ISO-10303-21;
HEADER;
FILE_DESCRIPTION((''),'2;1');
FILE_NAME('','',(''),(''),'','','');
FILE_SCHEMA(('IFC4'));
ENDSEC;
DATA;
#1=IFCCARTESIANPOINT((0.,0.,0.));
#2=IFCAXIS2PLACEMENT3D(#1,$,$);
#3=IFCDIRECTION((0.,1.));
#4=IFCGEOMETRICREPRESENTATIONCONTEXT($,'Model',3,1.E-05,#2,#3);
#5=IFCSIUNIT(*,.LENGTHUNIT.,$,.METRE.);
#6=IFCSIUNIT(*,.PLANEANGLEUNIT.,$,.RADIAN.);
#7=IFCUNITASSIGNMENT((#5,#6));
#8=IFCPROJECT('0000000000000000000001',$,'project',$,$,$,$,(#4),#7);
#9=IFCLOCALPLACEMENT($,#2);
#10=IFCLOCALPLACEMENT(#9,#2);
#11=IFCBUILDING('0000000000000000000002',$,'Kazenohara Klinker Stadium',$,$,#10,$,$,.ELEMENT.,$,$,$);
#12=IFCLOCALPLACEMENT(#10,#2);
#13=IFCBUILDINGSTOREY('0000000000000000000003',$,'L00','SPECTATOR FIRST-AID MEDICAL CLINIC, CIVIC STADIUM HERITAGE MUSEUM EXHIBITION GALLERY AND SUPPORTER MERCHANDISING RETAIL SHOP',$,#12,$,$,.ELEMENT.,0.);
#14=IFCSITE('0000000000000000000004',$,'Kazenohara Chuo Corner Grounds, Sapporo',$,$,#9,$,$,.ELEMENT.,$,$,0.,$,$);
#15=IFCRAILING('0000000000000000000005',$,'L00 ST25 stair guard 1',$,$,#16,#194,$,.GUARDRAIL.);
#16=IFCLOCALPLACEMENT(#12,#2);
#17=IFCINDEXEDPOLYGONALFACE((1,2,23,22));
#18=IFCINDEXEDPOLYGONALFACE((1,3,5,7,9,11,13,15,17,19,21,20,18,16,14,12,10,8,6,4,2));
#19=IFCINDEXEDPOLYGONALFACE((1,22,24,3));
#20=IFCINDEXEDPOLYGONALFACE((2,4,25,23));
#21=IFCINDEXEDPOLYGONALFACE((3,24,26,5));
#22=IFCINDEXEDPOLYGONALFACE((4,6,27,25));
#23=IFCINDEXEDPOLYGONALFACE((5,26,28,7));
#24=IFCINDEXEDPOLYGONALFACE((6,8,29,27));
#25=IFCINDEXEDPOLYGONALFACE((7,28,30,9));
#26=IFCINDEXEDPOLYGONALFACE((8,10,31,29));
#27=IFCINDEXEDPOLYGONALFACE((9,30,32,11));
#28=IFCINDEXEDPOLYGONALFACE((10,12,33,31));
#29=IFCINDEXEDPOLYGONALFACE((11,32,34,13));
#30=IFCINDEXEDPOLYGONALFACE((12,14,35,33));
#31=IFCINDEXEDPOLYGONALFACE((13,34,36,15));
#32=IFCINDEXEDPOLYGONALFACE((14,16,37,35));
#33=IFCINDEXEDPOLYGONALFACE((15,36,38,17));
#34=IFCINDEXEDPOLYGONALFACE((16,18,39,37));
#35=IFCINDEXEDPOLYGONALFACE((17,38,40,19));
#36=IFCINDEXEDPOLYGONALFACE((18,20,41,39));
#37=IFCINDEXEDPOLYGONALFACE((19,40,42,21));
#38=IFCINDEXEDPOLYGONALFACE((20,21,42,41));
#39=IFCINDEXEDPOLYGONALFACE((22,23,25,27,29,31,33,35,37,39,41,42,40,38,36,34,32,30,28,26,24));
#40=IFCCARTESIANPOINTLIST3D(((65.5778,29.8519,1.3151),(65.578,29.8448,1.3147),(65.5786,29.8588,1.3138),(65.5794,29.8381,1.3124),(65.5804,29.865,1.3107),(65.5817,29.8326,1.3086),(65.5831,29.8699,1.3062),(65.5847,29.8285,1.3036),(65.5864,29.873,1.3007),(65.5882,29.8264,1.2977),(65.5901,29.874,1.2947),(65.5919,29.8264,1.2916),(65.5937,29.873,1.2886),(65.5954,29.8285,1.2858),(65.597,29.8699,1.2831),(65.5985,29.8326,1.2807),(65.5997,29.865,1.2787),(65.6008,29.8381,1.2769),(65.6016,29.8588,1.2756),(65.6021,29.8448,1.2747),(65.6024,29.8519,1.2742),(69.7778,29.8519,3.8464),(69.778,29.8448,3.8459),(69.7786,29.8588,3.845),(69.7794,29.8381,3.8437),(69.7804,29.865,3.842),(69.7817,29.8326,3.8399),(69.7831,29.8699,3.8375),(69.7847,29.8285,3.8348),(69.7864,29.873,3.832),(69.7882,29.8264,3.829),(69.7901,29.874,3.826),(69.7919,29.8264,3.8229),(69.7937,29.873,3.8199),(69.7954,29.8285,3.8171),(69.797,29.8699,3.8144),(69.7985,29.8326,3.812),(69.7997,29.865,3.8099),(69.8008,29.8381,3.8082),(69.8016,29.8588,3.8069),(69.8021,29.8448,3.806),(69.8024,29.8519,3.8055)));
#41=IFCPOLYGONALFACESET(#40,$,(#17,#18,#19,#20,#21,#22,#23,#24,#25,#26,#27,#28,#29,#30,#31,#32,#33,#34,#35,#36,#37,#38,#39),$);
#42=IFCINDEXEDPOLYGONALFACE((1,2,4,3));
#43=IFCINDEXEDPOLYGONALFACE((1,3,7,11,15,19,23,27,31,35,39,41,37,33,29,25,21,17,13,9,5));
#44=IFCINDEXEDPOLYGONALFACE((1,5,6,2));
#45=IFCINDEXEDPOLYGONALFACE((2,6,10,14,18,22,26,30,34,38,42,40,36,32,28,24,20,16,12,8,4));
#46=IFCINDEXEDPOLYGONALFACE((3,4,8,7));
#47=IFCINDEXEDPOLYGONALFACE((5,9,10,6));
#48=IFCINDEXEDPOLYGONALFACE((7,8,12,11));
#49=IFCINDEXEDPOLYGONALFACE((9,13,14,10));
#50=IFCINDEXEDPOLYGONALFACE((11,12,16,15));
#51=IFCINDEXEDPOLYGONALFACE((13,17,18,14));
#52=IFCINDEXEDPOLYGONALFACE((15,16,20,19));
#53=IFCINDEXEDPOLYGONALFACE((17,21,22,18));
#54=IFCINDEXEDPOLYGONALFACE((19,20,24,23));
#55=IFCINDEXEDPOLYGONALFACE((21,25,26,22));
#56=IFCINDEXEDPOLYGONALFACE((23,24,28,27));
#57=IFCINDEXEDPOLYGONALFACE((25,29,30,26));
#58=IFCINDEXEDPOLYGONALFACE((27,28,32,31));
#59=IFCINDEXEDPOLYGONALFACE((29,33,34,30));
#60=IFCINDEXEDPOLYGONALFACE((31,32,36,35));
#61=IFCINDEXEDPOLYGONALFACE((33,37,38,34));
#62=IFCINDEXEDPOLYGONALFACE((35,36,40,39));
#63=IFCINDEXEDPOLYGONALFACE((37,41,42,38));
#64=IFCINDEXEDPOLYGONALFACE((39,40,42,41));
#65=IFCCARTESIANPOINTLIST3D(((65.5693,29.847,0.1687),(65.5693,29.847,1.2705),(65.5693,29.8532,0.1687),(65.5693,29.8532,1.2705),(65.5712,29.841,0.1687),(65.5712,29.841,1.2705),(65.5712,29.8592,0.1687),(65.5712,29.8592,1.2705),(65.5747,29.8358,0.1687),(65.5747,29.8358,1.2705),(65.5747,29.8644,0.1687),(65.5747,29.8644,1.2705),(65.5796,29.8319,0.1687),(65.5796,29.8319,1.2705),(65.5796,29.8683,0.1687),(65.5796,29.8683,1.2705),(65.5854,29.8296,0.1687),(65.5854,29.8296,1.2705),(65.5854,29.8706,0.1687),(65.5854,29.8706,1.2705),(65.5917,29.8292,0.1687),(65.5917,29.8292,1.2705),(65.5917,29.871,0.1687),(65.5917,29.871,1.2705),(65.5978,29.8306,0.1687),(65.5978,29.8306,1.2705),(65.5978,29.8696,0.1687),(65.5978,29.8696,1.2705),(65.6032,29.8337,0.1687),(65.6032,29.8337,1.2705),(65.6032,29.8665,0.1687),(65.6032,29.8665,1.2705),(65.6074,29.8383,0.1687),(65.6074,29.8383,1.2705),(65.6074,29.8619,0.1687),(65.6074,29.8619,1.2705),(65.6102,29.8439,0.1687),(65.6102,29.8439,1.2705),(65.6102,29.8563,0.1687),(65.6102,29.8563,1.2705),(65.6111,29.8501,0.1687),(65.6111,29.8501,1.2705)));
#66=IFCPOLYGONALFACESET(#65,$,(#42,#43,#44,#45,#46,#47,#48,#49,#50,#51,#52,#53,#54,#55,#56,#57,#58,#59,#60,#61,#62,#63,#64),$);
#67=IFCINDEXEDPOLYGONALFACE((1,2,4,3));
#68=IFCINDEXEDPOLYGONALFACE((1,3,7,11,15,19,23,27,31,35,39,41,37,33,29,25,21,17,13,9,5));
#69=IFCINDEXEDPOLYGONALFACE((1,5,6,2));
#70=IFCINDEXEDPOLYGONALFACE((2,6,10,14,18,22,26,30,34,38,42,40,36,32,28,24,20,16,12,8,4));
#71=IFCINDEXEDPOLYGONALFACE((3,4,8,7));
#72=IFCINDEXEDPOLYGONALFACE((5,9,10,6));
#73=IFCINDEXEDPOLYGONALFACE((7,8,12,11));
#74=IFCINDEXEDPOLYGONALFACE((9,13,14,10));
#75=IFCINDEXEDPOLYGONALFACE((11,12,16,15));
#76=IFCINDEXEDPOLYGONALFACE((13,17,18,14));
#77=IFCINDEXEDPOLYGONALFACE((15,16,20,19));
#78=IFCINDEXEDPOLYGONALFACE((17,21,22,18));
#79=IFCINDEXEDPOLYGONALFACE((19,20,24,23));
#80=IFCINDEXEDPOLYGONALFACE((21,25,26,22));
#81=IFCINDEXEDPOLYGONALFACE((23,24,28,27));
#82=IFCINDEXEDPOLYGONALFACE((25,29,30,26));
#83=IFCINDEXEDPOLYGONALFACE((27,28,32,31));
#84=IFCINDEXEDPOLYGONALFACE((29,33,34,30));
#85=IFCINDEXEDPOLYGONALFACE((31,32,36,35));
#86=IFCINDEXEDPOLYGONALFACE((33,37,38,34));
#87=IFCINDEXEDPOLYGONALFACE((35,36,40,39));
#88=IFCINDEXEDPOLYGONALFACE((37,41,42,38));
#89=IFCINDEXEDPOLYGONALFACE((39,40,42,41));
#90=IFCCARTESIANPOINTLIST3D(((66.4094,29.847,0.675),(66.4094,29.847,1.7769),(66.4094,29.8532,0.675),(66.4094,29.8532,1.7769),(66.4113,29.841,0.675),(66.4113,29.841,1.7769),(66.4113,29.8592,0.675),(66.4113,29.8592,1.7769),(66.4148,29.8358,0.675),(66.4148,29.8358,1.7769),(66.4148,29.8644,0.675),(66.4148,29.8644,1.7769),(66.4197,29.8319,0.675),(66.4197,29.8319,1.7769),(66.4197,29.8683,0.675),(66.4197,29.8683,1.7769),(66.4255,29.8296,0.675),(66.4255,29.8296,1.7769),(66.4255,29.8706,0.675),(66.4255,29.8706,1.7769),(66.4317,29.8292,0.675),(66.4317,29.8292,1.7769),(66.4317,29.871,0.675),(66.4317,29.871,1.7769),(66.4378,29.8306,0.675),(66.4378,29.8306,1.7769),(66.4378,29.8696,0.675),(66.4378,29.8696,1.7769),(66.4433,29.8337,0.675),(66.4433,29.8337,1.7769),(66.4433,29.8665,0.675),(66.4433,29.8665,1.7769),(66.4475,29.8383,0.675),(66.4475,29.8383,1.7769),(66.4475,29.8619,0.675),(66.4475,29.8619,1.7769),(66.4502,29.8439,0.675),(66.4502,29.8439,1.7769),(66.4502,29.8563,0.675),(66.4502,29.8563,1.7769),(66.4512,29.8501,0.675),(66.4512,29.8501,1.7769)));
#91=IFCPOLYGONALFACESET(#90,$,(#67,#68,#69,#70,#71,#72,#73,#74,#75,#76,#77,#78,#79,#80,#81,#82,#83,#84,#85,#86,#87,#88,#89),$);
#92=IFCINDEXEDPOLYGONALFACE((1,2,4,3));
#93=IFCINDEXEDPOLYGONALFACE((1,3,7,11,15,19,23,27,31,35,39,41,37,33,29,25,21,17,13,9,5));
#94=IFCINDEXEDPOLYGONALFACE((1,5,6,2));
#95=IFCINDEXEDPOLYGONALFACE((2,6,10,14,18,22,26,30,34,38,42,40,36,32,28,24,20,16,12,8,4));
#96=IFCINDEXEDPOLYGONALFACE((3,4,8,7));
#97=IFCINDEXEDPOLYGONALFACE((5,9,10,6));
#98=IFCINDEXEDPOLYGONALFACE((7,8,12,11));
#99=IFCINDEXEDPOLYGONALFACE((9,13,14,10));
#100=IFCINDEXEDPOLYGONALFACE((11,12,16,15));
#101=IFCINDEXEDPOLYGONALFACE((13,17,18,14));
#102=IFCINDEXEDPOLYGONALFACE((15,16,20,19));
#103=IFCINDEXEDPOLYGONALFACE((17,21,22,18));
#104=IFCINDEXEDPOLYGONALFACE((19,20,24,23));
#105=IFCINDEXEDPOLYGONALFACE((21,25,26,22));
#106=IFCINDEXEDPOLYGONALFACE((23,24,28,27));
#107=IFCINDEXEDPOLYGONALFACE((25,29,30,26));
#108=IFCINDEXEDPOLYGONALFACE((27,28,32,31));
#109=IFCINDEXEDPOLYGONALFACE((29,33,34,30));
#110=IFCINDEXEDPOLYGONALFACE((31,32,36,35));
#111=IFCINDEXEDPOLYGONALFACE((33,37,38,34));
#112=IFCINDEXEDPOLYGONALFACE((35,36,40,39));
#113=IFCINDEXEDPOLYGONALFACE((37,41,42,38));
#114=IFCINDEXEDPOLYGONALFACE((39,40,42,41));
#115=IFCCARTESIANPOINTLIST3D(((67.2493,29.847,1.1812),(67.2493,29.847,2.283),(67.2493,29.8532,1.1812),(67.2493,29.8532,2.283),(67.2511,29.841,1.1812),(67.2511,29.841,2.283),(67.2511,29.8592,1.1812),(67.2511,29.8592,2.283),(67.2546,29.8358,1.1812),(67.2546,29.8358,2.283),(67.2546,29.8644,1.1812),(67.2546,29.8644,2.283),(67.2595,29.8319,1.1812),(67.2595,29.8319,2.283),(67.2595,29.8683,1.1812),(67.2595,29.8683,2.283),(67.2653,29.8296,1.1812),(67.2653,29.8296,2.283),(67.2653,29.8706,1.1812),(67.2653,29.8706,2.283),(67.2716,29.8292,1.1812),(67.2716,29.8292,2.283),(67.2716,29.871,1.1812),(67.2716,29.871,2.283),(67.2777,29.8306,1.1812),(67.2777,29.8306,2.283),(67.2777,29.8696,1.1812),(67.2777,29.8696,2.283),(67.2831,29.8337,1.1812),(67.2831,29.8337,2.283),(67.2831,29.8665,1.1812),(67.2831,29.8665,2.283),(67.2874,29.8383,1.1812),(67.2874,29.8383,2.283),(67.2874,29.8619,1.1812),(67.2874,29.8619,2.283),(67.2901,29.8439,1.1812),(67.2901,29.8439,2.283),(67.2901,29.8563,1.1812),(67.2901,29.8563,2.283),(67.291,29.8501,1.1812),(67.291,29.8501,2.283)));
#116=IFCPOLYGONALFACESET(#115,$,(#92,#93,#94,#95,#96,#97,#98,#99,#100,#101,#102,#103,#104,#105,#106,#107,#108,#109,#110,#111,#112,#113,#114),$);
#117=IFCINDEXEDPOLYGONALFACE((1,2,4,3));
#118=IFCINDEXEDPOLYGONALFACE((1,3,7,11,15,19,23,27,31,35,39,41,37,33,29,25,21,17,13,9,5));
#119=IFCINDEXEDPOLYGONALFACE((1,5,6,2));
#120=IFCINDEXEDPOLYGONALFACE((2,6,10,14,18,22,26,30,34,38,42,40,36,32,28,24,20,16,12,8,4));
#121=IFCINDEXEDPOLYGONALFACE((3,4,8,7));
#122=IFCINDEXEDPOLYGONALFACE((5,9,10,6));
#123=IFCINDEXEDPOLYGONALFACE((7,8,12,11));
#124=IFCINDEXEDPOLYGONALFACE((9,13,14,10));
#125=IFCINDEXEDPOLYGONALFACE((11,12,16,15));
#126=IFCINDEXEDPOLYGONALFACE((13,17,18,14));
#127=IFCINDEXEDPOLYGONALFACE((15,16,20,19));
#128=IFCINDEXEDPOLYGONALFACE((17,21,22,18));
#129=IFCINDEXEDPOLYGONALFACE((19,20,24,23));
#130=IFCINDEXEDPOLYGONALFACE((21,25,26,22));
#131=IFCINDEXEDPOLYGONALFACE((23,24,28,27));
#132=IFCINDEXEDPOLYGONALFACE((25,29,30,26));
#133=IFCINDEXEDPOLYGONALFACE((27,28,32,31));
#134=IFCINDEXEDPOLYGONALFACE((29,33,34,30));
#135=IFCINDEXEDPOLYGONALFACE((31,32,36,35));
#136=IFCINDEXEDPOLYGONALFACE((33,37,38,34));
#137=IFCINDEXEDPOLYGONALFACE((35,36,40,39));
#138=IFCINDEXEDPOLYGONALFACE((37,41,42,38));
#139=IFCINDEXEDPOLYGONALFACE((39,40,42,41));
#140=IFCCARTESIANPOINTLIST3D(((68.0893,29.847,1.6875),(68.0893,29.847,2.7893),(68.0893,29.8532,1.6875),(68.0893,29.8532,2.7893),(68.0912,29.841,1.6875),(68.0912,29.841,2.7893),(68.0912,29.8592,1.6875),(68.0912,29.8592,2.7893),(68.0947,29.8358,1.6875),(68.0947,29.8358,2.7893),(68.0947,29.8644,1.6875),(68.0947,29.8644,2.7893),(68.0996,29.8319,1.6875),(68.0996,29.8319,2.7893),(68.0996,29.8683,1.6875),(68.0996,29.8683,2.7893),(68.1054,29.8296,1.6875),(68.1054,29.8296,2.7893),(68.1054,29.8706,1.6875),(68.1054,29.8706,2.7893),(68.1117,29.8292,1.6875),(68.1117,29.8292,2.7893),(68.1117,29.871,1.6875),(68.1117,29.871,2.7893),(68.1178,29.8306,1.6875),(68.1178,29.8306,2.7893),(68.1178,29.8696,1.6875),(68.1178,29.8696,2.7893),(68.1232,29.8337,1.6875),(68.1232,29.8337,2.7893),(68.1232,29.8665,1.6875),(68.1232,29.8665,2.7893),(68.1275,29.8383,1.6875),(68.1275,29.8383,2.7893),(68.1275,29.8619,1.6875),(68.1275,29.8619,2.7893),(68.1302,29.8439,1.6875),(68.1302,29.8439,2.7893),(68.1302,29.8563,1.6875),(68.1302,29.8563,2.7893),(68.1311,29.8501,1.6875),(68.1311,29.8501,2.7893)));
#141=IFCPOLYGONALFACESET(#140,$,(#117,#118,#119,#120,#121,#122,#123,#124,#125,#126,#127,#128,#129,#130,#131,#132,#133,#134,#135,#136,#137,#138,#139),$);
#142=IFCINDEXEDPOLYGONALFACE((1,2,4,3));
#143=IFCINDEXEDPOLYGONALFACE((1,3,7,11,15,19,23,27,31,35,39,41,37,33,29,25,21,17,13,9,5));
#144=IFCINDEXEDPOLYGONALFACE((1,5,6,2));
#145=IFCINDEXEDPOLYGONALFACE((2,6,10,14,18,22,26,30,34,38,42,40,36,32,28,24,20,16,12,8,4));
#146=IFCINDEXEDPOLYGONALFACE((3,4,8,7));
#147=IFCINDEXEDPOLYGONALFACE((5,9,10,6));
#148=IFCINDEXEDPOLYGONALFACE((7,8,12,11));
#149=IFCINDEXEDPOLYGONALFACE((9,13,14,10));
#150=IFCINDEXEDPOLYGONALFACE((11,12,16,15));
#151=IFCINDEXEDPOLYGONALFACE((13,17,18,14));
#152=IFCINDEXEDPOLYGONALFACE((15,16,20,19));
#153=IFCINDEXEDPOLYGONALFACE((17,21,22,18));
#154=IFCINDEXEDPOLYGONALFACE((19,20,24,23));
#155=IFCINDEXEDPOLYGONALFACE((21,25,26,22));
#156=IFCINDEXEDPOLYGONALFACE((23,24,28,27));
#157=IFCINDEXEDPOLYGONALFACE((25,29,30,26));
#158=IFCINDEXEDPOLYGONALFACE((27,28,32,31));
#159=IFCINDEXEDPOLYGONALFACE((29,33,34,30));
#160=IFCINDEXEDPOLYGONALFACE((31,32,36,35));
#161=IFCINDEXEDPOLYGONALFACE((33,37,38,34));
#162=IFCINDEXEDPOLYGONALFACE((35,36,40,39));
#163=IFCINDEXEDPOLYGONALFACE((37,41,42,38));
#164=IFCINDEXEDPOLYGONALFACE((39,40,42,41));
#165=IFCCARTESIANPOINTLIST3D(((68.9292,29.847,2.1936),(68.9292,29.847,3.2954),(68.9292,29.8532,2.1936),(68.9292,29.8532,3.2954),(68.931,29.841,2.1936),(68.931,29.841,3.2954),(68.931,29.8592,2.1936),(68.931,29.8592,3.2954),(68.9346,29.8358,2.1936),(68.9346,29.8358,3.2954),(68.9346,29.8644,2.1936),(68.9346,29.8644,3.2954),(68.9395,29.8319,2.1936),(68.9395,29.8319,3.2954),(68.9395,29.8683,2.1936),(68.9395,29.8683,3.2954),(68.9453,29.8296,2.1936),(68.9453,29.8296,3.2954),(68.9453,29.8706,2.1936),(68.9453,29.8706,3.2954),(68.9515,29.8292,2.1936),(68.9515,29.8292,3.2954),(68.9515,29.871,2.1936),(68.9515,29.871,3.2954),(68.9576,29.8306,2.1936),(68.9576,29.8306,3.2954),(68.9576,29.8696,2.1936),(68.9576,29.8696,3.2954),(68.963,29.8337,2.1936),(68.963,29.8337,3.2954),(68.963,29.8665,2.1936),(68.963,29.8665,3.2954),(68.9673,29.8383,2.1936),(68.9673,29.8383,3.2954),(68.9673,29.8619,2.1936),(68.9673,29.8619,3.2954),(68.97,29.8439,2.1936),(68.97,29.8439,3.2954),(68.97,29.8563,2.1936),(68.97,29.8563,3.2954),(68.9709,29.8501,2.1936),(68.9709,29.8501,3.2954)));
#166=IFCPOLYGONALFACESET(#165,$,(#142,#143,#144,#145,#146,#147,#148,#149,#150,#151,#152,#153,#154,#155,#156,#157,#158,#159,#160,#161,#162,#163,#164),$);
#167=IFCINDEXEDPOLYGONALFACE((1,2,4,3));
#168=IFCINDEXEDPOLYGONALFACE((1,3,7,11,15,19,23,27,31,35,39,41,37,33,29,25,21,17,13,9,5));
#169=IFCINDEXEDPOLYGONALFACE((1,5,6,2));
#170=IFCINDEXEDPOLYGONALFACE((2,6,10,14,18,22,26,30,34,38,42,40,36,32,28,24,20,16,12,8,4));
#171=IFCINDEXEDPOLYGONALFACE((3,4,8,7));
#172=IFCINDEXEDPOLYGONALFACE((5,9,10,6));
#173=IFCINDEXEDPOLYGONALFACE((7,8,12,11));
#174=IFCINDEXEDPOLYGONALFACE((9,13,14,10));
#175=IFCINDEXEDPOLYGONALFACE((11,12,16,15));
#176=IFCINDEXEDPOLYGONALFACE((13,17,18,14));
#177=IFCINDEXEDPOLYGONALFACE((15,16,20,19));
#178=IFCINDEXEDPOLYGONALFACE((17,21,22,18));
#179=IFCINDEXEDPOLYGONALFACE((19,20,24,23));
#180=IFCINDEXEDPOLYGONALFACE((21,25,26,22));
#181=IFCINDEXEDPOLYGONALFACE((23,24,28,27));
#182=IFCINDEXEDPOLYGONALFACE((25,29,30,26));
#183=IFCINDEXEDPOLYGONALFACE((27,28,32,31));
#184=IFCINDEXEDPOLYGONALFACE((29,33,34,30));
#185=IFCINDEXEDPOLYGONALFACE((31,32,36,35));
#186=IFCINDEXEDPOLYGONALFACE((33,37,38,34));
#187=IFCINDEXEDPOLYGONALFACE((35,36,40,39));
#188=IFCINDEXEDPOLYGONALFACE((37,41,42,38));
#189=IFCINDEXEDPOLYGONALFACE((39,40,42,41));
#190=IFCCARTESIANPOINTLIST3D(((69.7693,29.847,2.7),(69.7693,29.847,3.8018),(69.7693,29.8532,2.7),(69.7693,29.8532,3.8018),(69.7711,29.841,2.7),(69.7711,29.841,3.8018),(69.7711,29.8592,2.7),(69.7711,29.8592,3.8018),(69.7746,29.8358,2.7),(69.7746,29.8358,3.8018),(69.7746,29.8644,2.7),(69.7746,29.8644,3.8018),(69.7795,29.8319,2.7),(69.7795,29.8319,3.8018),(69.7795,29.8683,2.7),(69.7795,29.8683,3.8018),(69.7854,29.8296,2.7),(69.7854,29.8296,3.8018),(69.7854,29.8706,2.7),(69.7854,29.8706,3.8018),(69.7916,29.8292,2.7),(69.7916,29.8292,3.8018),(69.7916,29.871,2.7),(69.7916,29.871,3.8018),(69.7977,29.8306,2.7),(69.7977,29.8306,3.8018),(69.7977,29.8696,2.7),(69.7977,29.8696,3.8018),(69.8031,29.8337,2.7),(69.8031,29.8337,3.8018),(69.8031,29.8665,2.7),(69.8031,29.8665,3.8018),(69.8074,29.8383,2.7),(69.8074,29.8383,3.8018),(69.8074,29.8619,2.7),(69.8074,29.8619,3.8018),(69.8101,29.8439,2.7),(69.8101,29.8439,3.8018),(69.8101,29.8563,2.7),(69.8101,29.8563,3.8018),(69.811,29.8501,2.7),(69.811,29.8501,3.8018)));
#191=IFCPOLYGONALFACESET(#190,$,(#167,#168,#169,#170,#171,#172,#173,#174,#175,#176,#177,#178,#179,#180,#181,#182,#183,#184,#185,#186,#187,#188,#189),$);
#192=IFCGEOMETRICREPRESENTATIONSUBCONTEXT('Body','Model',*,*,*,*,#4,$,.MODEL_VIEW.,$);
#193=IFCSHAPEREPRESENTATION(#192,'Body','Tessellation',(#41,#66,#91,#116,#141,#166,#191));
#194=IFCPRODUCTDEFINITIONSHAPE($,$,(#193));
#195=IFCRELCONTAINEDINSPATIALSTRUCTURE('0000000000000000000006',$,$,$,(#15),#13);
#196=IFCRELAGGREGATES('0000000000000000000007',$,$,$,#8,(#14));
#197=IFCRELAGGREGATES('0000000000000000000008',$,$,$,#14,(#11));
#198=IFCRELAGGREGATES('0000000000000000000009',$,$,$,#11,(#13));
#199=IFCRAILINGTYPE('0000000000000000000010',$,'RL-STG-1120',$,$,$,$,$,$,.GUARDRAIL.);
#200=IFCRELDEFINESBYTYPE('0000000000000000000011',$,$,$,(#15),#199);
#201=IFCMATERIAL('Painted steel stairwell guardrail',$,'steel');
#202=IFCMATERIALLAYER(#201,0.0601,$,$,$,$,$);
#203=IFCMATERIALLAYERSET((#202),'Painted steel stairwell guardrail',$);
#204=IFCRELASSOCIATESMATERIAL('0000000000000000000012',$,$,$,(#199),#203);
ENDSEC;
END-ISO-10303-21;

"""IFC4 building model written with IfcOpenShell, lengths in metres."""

from ifc_helpers import new_model, si_unit, direction, frame, origin, origin_2d, place, context, subcontext, project, spatial, circle, extrude, material, layer, layer_set, type_object, element, save


model = new_model("IFC4")

# Units and contexts
model_context = context("Model", 3, precision=1e-05, world=origin(), true_north=direction((0.0, 1.0)))
body_context = subcontext(model_context, "Body", "Model", "MODEL_VIEW")
ifc_project = project(units=[si_unit("LENGTHUNIT", "METRE"), si_unit("PLANEANGLEUNIT", "RADIAN")], contexts=[model_context])

# Site, building, storey
site_placement = place(None, origin())
site = spatial("IfcSite", under=ifc_project, at=site_placement, Name="Kazenohara Chuo Corner Grounds, Sapporo", CompositionType="ELEMENT", RefElevation=0.0)
building_placement = place(site_placement, origin())
building = spatial("IfcBuilding", under=site, at=building_placement, Name="Kazenohara Klinker Stadium", CompositionType="ELEMENT")
storey_placement = place(building_placement, origin())
storey = spatial("IfcBuildingStorey", under=building, at=storey_placement, Name="L00", Description="SPECTATOR FIRST-AID MEDICAL CLINIC, CIVIC STADIUM HERITAGE MUSEUM EXHIBITION GALLERY AND SUPPORTER MERCHANDISING RETAIL SHOP", CompositionType="ELEMENT", Elevation=0.0)

# Railing
ifc_material_1 = material(Name="Painted steel stairwell guardrail", Category="steel")
ifc_layer_1 = layer(ifc_material_1, 0.0601)
ifc_layer_set_1 = layer_set([ifc_layer_1], Name="Painted steel stairwell guardrail")
railing_type_1 = type_object("IfcRailingType", Name="RL-STG-1120", PredefinedType="GUARDRAIL", material=ifc_layer_set_1)
railing_1_placement = place(storey_placement, frame((65.5901, 29.8501, 0.1687)))
element("IfcRailing", 1, at=railing_1_placement, inside=storey, type_object=railing_type_1, Name="L00 ST25 stair guard 1", PredefinedType="GUARDRAIL", context=body_context, shape_type="SweptSolid", body=[
    extrude(circle(Radius=0.0239, at=origin_2d()), frame((0.0, 0.0, 1.126), z_axis=(0.856476, 0.0, 0.516186), x_axis=(0.0, 1.0, 0.0)), (0.0, 0.0, 1.0), 4.9038),
    extrude(circle(Radius=0.021, at=origin_2d()), origin(), (0.0, 0.0, 1.0), 1.1018),
    extrude(circle(Radius=0.021, at=origin_2d()), frame((0.8401, 0.0, 0.5063)), (0.0, 0.0, 1.0), 1.1018),
    extrude(circle(Radius=0.021, at=origin_2d()), frame((1.6799, 0.0, 1.0125)), (0.0, 0.0, 1.0), 1.1018),
    extrude(circle(Radius=0.021, at=origin_2d()), frame((2.52, 0.0, 1.5188)), (0.0, 0.0, 1.0), 1.1018),
    extrude(circle(Radius=0.021, at=origin_2d()), frame((3.3599, 0.0, 2.0249)), (0.0, 0.0, 1.0), 1.1018),
    extrude(circle(Radius=0.021, at=origin_2d()), frame((4.2, 0.0, 2.5312)), (0.0, 0.0, 1.0), 1.1018),
])

save(model, "model.ifc")
